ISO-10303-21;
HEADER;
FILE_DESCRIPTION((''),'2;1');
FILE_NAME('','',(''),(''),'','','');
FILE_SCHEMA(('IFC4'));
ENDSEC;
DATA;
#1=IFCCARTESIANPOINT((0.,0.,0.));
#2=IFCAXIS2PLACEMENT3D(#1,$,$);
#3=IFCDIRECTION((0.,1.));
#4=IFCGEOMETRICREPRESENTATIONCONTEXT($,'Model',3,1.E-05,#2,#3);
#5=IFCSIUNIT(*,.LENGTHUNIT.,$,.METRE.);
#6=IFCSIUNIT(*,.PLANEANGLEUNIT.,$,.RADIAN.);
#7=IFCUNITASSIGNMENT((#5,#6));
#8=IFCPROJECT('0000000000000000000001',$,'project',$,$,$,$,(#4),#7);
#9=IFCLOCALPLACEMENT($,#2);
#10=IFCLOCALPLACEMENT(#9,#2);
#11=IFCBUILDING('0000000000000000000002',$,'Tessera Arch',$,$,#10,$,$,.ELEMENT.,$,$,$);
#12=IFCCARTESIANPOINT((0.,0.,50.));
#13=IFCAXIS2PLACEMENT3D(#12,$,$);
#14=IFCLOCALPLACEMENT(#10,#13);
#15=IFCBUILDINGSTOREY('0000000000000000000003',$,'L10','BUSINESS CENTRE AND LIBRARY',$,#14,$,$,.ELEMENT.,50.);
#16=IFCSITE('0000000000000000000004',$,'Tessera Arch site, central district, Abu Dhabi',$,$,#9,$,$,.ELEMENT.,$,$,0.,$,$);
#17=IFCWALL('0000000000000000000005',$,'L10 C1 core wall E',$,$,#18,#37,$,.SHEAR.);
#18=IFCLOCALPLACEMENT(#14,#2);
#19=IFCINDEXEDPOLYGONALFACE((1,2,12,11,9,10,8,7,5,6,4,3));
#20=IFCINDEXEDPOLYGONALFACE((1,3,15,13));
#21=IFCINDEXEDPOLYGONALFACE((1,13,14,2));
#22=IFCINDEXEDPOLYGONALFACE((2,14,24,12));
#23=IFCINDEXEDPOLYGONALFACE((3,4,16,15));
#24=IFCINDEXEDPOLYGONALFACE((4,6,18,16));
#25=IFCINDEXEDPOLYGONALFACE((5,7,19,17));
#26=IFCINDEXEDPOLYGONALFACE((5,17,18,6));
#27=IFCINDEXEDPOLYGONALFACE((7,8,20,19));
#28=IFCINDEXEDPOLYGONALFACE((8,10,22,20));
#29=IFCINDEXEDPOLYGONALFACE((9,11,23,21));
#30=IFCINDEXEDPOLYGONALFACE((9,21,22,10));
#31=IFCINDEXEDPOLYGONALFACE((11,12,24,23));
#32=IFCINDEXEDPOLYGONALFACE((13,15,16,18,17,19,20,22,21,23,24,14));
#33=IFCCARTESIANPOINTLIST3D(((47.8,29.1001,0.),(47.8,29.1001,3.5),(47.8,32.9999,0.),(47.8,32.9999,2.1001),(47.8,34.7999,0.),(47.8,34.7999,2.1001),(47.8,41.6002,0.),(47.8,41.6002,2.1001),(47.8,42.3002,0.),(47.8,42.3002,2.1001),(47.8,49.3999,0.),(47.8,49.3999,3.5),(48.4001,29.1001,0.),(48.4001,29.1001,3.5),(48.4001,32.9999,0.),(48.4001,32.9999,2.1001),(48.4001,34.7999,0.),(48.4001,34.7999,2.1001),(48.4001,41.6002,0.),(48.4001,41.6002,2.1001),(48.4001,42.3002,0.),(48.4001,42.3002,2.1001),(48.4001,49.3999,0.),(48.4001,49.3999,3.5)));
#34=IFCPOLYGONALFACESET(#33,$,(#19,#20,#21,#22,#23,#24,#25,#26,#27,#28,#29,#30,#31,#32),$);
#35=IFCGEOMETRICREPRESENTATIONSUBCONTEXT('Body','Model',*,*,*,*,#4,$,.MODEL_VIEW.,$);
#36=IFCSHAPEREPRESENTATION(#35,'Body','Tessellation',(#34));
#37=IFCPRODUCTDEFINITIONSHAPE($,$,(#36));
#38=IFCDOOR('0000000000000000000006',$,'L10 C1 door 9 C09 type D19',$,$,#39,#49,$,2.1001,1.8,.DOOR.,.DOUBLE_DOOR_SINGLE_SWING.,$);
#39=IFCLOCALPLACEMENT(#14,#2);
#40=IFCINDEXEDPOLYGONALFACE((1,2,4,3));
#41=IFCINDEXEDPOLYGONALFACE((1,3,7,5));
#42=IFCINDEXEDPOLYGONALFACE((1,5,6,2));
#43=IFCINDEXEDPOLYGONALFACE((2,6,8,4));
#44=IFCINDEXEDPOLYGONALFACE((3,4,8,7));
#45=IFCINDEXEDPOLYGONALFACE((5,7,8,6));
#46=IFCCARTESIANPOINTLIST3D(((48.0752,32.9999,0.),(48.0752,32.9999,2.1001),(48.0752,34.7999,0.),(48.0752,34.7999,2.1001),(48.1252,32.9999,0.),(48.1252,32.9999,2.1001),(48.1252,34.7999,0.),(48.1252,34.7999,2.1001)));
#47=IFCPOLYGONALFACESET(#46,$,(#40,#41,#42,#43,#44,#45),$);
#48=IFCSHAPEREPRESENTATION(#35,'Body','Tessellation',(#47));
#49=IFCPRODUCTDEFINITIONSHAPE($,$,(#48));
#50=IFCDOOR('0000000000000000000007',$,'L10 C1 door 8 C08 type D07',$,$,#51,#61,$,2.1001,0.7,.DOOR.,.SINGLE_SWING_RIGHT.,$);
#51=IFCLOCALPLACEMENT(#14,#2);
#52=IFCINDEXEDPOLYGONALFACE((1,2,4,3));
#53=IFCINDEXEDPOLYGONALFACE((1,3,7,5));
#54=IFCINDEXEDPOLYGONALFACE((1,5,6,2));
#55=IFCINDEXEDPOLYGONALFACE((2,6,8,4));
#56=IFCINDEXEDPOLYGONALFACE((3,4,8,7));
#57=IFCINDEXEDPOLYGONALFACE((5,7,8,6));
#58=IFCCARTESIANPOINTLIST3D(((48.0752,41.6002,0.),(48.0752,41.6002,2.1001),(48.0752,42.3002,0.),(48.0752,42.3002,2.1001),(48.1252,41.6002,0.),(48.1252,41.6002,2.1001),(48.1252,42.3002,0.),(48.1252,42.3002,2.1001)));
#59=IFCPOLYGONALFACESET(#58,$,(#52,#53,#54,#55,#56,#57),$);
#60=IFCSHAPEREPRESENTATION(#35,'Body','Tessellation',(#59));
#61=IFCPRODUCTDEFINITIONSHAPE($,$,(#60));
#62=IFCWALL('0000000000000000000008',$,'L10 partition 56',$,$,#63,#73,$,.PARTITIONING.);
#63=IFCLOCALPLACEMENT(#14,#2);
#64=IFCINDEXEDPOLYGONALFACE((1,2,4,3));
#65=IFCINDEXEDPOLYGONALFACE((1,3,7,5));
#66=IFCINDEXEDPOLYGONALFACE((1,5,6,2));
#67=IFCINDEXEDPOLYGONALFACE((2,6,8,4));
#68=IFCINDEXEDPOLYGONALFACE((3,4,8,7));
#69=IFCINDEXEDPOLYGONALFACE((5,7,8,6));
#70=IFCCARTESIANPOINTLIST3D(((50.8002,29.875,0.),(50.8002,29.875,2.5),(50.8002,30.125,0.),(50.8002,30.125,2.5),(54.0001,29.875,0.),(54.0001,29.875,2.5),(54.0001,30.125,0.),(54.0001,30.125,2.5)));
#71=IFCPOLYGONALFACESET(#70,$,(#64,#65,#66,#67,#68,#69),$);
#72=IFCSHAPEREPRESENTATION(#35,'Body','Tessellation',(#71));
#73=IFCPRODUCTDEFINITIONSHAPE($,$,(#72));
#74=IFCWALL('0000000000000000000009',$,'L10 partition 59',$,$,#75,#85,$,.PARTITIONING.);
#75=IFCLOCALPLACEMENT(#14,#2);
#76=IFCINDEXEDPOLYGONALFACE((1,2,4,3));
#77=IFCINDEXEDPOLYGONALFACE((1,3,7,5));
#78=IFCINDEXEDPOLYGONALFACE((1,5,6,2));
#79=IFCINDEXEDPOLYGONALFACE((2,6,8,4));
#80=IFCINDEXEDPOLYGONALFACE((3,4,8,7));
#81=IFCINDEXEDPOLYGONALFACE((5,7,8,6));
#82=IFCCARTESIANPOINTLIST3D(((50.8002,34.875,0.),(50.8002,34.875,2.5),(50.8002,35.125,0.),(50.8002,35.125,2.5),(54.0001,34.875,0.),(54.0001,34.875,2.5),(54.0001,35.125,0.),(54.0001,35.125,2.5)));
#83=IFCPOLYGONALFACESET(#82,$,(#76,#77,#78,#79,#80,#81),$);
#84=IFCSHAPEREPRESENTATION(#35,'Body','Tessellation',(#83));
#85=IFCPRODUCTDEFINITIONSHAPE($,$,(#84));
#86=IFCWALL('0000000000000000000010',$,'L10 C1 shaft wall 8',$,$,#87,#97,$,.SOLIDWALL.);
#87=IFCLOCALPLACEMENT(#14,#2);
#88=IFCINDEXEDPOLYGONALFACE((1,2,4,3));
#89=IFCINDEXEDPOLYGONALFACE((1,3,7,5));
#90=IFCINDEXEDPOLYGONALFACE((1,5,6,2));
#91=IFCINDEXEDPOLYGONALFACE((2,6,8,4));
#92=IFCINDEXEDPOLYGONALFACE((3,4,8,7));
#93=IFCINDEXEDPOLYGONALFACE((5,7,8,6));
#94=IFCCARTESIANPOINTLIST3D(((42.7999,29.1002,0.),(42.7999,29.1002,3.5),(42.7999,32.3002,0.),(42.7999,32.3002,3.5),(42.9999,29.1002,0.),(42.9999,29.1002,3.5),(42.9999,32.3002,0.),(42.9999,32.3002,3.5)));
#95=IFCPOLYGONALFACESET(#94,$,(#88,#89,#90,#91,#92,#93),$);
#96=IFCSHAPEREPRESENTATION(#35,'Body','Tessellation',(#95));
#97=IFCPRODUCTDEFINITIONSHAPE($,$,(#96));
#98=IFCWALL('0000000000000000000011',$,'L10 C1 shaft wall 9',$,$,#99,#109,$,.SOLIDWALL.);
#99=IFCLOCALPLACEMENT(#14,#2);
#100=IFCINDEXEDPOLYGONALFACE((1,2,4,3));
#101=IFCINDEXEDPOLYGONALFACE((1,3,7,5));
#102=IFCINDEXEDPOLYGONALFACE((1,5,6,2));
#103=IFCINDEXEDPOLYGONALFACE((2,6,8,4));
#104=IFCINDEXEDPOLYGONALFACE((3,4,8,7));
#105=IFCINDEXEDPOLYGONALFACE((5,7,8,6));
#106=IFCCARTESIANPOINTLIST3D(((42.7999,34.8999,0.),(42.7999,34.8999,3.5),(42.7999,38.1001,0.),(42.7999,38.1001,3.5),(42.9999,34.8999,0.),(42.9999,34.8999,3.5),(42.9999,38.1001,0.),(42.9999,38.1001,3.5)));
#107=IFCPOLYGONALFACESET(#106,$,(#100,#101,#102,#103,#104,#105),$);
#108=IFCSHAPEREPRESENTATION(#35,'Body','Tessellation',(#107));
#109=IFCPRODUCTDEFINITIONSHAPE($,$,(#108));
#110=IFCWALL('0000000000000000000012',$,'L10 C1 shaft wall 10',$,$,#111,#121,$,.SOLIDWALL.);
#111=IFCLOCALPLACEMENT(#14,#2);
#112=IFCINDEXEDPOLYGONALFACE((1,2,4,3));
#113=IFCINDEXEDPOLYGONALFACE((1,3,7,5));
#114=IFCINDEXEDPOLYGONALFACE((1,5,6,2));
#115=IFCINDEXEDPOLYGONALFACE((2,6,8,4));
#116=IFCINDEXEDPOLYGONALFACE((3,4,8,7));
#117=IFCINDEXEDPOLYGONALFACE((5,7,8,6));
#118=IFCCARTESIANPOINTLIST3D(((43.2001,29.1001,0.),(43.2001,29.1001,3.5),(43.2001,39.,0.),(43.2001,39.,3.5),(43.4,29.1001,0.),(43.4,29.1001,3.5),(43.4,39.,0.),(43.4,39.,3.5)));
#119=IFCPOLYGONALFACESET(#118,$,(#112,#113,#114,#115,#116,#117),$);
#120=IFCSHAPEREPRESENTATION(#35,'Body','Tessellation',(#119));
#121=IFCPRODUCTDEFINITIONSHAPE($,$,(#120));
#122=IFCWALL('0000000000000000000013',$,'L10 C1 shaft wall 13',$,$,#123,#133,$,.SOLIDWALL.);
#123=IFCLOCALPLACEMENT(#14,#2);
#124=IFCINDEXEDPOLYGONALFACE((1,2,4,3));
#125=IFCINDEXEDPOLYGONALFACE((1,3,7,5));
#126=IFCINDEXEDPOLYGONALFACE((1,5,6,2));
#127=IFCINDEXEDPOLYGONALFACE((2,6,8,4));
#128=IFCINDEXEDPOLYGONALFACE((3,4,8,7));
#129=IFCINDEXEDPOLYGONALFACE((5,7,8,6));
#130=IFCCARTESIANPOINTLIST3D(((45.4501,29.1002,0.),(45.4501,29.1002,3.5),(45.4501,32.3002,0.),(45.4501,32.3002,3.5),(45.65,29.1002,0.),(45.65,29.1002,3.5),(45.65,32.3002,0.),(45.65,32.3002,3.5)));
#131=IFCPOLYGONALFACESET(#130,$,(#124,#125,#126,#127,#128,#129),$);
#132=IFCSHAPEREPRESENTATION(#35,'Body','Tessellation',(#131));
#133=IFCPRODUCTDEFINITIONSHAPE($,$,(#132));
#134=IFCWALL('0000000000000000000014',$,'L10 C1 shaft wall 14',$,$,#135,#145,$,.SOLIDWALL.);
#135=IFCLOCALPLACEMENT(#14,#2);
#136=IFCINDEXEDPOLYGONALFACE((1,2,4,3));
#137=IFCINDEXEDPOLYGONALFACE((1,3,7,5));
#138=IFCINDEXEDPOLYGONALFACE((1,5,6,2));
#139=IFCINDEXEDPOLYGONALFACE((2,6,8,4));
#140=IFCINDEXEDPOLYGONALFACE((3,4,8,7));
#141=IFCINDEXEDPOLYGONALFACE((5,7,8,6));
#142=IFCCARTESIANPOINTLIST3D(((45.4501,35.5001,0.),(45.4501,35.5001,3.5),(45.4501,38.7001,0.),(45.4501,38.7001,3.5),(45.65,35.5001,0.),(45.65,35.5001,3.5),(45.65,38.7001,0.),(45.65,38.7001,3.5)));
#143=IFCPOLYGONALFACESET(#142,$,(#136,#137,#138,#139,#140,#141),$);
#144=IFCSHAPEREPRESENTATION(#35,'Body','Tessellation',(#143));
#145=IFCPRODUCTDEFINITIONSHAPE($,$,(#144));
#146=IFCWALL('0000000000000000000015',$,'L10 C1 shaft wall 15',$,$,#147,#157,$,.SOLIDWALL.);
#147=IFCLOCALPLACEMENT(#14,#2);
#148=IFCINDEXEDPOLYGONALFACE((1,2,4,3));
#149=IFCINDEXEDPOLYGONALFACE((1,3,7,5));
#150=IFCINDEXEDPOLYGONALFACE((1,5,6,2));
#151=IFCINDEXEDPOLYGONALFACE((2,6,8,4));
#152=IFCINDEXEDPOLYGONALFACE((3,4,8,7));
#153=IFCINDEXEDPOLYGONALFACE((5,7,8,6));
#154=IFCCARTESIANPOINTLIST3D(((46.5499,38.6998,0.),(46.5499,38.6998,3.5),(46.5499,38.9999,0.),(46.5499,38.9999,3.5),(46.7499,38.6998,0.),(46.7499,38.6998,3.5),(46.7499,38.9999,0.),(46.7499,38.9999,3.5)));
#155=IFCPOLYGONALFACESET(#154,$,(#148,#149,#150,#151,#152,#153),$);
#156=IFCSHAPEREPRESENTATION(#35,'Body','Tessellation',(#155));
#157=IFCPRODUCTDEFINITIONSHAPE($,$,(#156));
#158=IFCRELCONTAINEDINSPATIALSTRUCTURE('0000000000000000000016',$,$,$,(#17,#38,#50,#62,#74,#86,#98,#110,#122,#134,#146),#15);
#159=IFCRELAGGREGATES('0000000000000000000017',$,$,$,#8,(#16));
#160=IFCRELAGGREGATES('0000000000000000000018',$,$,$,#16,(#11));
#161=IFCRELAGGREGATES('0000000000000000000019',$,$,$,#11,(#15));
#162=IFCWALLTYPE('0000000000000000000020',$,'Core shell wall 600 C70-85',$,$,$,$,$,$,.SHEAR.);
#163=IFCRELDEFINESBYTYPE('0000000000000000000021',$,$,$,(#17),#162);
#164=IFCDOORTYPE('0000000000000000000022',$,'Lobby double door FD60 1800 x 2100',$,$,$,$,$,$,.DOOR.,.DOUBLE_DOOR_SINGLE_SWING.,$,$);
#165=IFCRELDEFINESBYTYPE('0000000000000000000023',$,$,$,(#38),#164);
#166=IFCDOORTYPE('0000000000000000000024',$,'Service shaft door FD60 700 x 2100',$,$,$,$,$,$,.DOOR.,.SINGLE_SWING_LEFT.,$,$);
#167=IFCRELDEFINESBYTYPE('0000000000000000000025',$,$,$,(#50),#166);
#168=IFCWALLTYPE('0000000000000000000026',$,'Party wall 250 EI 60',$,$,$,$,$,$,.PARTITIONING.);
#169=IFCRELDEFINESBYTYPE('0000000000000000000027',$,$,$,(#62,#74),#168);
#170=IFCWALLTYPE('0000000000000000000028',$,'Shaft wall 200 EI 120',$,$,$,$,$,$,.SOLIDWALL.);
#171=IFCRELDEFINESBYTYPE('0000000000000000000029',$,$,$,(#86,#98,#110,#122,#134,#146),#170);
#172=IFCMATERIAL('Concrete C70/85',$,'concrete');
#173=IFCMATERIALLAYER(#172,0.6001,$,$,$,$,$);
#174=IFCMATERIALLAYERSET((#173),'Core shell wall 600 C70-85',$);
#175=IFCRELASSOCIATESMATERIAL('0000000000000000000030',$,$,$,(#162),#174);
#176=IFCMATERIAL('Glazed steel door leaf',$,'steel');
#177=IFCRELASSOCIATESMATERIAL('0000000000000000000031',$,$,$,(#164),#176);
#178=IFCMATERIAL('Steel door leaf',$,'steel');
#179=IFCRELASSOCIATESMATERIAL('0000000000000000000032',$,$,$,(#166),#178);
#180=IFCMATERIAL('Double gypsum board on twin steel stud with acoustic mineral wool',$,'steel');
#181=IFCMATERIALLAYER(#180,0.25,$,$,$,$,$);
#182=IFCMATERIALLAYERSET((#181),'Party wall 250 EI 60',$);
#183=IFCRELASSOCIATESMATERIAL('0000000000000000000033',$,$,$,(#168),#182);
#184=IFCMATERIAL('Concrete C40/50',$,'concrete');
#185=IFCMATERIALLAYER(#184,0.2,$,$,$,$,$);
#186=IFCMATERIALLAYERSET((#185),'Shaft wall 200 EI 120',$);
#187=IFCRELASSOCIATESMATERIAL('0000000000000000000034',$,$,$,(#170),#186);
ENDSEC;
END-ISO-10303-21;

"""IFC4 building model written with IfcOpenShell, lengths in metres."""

from ifc_helpers import new_model, si_unit, direction, frame, frame_2d, origin, place, context, subcontext, project, spatial, rectangle, extrude, material, layer, layer_set, type_object, element, fill, save


model = new_model("IFC4")

# Units and contexts
model_context = context("Model", 3, precision=1e-05, world=origin(), true_north=direction((0.0, 1.0)))
body_context = subcontext(model_context, "Body", "Model", "MODEL_VIEW")
ifc_project = project(units=[si_unit("LENGTHUNIT", "METRE"), si_unit("PLANEANGLEUNIT", "RADIAN")], contexts=[model_context])

# Site, building, storey
site_placement = place(None, origin())
site = spatial("IfcSite", under=ifc_project, at=site_placement, Name="Tessera Arch site, central district, Abu Dhabi", CompositionType="ELEMENT", RefElevation=0.0)
building_placement = place(site_placement, origin())
building = spatial("IfcBuilding", under=site, at=building_placement, Name="Tessera Arch", CompositionType="ELEMENT")
storey_placement = place(building_placement, frame((0.0, 0.0, 50.0)))
storey = spatial("IfcBuildingStorey", under=building, at=storey_placement, Name="L10", Description="BUSINESS CENTRE AND LIBRARY", CompositionType="ELEMENT", Elevation=50.0)

# Wall, openings, doors
ifc_material_1 = material(Name="Concrete C70/85", Category="concrete")
ifc_layer_1 = layer(ifc_material_1, 0.6001)
ifc_layer_set_1 = layer_set([ifc_layer_1], Name="Core shell wall 600 C70-85")
wall_type_1 = type_object("IfcWallType", Name="Core shell wall 600 C70-85", PredefinedType="SHEAR", material=ifc_layer_set_1)
wall_1_placement = place(storey_placement, frame((48.1001, 29.1001, 0.0), z_axis=(0.0, 0.0, 1.0), x_axis=(0.0, 1.0, 0.0)))
wall_1 = element("IfcWall", 1, at=wall_1_placement, inside=storey, type_object=wall_type_1, Name="L10 C1 core wall E", PredefinedType="SHEAR", context=body_context, shape_type="SweptSolid", body=[
    extrude(rectangle(XDim=20.2998, YDim=0.6001, at=frame_2d((10.1499, 0.0))), origin(), (0.0, 0.0, 1.0), 3.5),
])
opening_1_placement = place(wall_1_placement, frame((12.5, 0.0, 0.0)))
opening_1 = element("IfcOpeningElement", 2, at=opening_1_placement, cuts=wall_1, PredefinedType="OPENING", context=body_context, shape_type="SweptSolid", body=[
    extrude(rectangle(XDim=0.7, YDim=2.1001, at=frame_2d((0.3501, 1.05))), frame((0.0, 0.3101, 0.0), z_axis=(0.0, -1.0, 0.0), x_axis=(1.0, 0.0, 0.0)), (0.0, 0.0, 1.0), 0.6201),
])
opening_2_placement = place(wall_1_placement, frame((3.8999, 0.0, 0.0)))
opening_2 = element("IfcOpeningElement", 3, at=opening_2_placement, cuts=wall_1, PredefinedType="OPENING", context=body_context, shape_type="SweptSolid", body=[
    extrude(rectangle(XDim=1.8, YDim=2.1001, at=frame_2d((0.8999, 1.05))), frame((0.0, 0.3101, 0.0), z_axis=(0.0, -1.0, 0.0), x_axis=(1.0, 0.0, 0.0)), (0.0, 0.0, 1.0), 0.6201),
])
ifc_material_2 = material(Name="Glazed steel door leaf", Category="steel")
door_type_1 = type_object("IfcDoorType", Name="Lobby double door FD60 1800 x 2100", OperationType="DOUBLE_DOOR_SINGLE_SWING", PredefinedType="DOOR", material=ifc_material_2)
door_1_placement = place(opening_2_placement, origin())
door_1 = element("IfcDoor", 4, at=door_1_placement, inside=storey, type_object=door_type_1, Name="L10 C1 door 9 C09 type D19", OperationType="DOUBLE_DOOR_SINGLE_SWING", OverallHeight=2.1001, OverallWidth=1.8, PredefinedType="DOOR", context=body_context, shape_type="SweptSolid", body=[
    extrude(rectangle(XDim=1.8, YDim=2.1001, at=frame_2d((0.8999, 1.05))), frame((0.0, 0.0249, 0.0), z_axis=(0.0, -1.0, 0.0), x_axis=(1.0, 0.0, 0.0)), (0.0, 0.0, 1.0), 0.05),
])
fill(opening_2, door_1)
ifc_material_3 = material(Name="Steel door leaf", Category="steel")
door_type_2 = type_object("IfcDoorType", Name="Service shaft door FD60 700 x 2100", OperationType="SINGLE_SWING_LEFT", PredefinedType="DOOR", material=ifc_material_3)
door_2_placement = place(opening_1_placement, origin())
door_2 = element("IfcDoor", 5, at=door_2_placement, inside=storey, type_object=door_type_2, Name="L10 C1 door 8 C08 type D07", OperationType="SINGLE_SWING_RIGHT", OverallHeight=2.1001, OverallWidth=0.7, PredefinedType="DOOR", context=body_context, shape_type="SweptSolid", body=[
    extrude(rectangle(XDim=0.7, YDim=2.1001, at=frame_2d((0.3501, 1.05))), frame((0.0, 0.0249, 0.0), z_axis=(0.0, -1.0, 0.0), x_axis=(1.0, 0.0, 0.0)), (0.0, 0.0, 1.0), 0.05),
])
fill(opening_1, door_2)

# Walls
ifc_material_4 = material(Name="Double gypsum board on twin steel stud with acoustic mineral wool", Category="steel")
ifc_layer_2 = layer(ifc_material_4, 0.25)
ifc_layer_set_2 = layer_set([ifc_layer_2], Name="Party wall 250 EI 60")
wall_type_2 = type_object("IfcWallType", Name="Party wall 250 EI 60", PredefinedType="PARTITIONING", material=ifc_layer_set_2)
for number, where, z_axis, x_axis, name in (
    (6, (50.8, 30.0, 0.0), (0.0, 0.0, 1.0), (1.0, 0.0, 0.0), "L10 partition 56"),
    (7, (50.8, 35.0, 0.0), (0.0, 0.0, 1.0), (1.0, 0.0, 0.0), "L10 partition 59"),
):
    element("IfcWall", number, at=place(storey_placement, frame(where, z_axis=z_axis, x_axis=x_axis)), inside=storey, type_object=wall_type_2, Name=name, PredefinedType="PARTITIONING", context=body_context, shape_type="SweptSolid", body=[
        extrude(rectangle(XDim=3.2, YDim=0.25, at=frame_2d((1.6001, 0.0))), origin(), (0.0, 0.0, 1.0), 2.5),
    ])
ifc_material_5 = material(Name="Concrete C40/50", Category="concrete")
ifc_layer_3 = layer(ifc_material_5, 0.2)
ifc_layer_set_3 = layer_set([ifc_layer_3], Name="Shaft wall 200 EI 120")
wall_type_3 = type_object("IfcWallType", Name="Shaft wall 200 EI 120", PredefinedType="SOLIDWALL", material=ifc_layer_set_3)
wall_2_placement = place(storey_placement, frame((42.8999, 29.1001, 0.0), z_axis=(0.0, 0.0, 1.0), x_axis=(0.0, 1.0, 0.0)))
element("IfcWall", 8, at=wall_2_placement, inside=storey, type_object=wall_type_3, Name="L10 C1 shaft wall 8", PredefinedType="SOLIDWALL", context=body_context, shape_type="SweptSolid", body=[
    extrude(rectangle(XDim=3.2, YDim=0.2, at=frame_2d((1.6001, 0.0))), origin(), (0.0, 0.0, 1.0), 3.5),
])
wall_3_placement = place(storey_placement, frame((42.8999, 34.8999, 0.0), z_axis=(0.0, 0.0, 1.0), x_axis=(0.0, 1.0, 0.0)))
element("IfcWall", 9, at=wall_3_placement, inside=storey, type_object=wall_type_3, Name="L10 C1 shaft wall 9", PredefinedType="SOLIDWALL", context=body_context, shape_type="SweptSolid", body=[
    extrude(rectangle(XDim=3.2002, YDim=0.2, at=frame_2d((1.6001, 0.0))), origin(), (0.0, 0.0, 1.0), 3.5),
])
wall_4_placement = place(storey_placement, frame((43.3, 29.1001, 0.0), z_axis=(0.0, 0.0, 1.0), x_axis=(0.0, 1.0, 0.0)))
element("IfcWall", 10, at=wall_4_placement, inside=storey, type_object=wall_type_3, Name="L10 C1 shaft wall 10", PredefinedType="SOLIDWALL", context=body_context, shape_type="SweptSolid", body=[
    extrude(rectangle(XDim=9.8999, YDim=0.2, at=frame_2d((4.95, 0.0))), origin(), (0.0, 0.0, 1.0), 3.5),
])
for number, where, z_axis, x_axis, name in (
    (11, (45.55, 29.1001, 0.0), (0.0, 0.0, 1.0), (0.0, 1.0, 0.0), "L10 C1 shaft wall 13"),
    (12, (45.55, 35.5, 0.0), (0.0, 0.0, 1.0), (0.0, 1.0, 0.0), "L10 C1 shaft wall 14"),
):
    element("IfcWall", number, at=place(storey_placement, frame(where, z_axis=z_axis, x_axis=x_axis)), inside=storey, type_object=wall_type_3, Name=name, PredefinedType="SOLIDWALL", context=body_context, shape_type="SweptSolid", body=[
        extrude(rectangle(XDim=3.2, YDim=0.2, at=frame_2d((1.6001, 0.0))), origin(), (0.0, 0.0, 1.0), 3.5),
    ])
wall_5_placement = place(storey_placement, frame((46.6499, 38.7, 0.0), z_axis=(0.0, 0.0, 1.0), x_axis=(0.0, 1.0, 0.0)))
element("IfcWall", 13, at=wall_5_placement, inside=storey, type_object=wall_type_3, Name="L10 C1 shaft wall 15", PredefinedType="SOLIDWALL", context=body_context, shape_type="SweptSolid", body=[
    extrude(rectangle(XDim=0.3, YDim=0.2, at=frame_2d((0.1499, 0.0))), origin(), (0.0, 0.0, 1.0), 3.5),
])

save(model, "model.ifc")
